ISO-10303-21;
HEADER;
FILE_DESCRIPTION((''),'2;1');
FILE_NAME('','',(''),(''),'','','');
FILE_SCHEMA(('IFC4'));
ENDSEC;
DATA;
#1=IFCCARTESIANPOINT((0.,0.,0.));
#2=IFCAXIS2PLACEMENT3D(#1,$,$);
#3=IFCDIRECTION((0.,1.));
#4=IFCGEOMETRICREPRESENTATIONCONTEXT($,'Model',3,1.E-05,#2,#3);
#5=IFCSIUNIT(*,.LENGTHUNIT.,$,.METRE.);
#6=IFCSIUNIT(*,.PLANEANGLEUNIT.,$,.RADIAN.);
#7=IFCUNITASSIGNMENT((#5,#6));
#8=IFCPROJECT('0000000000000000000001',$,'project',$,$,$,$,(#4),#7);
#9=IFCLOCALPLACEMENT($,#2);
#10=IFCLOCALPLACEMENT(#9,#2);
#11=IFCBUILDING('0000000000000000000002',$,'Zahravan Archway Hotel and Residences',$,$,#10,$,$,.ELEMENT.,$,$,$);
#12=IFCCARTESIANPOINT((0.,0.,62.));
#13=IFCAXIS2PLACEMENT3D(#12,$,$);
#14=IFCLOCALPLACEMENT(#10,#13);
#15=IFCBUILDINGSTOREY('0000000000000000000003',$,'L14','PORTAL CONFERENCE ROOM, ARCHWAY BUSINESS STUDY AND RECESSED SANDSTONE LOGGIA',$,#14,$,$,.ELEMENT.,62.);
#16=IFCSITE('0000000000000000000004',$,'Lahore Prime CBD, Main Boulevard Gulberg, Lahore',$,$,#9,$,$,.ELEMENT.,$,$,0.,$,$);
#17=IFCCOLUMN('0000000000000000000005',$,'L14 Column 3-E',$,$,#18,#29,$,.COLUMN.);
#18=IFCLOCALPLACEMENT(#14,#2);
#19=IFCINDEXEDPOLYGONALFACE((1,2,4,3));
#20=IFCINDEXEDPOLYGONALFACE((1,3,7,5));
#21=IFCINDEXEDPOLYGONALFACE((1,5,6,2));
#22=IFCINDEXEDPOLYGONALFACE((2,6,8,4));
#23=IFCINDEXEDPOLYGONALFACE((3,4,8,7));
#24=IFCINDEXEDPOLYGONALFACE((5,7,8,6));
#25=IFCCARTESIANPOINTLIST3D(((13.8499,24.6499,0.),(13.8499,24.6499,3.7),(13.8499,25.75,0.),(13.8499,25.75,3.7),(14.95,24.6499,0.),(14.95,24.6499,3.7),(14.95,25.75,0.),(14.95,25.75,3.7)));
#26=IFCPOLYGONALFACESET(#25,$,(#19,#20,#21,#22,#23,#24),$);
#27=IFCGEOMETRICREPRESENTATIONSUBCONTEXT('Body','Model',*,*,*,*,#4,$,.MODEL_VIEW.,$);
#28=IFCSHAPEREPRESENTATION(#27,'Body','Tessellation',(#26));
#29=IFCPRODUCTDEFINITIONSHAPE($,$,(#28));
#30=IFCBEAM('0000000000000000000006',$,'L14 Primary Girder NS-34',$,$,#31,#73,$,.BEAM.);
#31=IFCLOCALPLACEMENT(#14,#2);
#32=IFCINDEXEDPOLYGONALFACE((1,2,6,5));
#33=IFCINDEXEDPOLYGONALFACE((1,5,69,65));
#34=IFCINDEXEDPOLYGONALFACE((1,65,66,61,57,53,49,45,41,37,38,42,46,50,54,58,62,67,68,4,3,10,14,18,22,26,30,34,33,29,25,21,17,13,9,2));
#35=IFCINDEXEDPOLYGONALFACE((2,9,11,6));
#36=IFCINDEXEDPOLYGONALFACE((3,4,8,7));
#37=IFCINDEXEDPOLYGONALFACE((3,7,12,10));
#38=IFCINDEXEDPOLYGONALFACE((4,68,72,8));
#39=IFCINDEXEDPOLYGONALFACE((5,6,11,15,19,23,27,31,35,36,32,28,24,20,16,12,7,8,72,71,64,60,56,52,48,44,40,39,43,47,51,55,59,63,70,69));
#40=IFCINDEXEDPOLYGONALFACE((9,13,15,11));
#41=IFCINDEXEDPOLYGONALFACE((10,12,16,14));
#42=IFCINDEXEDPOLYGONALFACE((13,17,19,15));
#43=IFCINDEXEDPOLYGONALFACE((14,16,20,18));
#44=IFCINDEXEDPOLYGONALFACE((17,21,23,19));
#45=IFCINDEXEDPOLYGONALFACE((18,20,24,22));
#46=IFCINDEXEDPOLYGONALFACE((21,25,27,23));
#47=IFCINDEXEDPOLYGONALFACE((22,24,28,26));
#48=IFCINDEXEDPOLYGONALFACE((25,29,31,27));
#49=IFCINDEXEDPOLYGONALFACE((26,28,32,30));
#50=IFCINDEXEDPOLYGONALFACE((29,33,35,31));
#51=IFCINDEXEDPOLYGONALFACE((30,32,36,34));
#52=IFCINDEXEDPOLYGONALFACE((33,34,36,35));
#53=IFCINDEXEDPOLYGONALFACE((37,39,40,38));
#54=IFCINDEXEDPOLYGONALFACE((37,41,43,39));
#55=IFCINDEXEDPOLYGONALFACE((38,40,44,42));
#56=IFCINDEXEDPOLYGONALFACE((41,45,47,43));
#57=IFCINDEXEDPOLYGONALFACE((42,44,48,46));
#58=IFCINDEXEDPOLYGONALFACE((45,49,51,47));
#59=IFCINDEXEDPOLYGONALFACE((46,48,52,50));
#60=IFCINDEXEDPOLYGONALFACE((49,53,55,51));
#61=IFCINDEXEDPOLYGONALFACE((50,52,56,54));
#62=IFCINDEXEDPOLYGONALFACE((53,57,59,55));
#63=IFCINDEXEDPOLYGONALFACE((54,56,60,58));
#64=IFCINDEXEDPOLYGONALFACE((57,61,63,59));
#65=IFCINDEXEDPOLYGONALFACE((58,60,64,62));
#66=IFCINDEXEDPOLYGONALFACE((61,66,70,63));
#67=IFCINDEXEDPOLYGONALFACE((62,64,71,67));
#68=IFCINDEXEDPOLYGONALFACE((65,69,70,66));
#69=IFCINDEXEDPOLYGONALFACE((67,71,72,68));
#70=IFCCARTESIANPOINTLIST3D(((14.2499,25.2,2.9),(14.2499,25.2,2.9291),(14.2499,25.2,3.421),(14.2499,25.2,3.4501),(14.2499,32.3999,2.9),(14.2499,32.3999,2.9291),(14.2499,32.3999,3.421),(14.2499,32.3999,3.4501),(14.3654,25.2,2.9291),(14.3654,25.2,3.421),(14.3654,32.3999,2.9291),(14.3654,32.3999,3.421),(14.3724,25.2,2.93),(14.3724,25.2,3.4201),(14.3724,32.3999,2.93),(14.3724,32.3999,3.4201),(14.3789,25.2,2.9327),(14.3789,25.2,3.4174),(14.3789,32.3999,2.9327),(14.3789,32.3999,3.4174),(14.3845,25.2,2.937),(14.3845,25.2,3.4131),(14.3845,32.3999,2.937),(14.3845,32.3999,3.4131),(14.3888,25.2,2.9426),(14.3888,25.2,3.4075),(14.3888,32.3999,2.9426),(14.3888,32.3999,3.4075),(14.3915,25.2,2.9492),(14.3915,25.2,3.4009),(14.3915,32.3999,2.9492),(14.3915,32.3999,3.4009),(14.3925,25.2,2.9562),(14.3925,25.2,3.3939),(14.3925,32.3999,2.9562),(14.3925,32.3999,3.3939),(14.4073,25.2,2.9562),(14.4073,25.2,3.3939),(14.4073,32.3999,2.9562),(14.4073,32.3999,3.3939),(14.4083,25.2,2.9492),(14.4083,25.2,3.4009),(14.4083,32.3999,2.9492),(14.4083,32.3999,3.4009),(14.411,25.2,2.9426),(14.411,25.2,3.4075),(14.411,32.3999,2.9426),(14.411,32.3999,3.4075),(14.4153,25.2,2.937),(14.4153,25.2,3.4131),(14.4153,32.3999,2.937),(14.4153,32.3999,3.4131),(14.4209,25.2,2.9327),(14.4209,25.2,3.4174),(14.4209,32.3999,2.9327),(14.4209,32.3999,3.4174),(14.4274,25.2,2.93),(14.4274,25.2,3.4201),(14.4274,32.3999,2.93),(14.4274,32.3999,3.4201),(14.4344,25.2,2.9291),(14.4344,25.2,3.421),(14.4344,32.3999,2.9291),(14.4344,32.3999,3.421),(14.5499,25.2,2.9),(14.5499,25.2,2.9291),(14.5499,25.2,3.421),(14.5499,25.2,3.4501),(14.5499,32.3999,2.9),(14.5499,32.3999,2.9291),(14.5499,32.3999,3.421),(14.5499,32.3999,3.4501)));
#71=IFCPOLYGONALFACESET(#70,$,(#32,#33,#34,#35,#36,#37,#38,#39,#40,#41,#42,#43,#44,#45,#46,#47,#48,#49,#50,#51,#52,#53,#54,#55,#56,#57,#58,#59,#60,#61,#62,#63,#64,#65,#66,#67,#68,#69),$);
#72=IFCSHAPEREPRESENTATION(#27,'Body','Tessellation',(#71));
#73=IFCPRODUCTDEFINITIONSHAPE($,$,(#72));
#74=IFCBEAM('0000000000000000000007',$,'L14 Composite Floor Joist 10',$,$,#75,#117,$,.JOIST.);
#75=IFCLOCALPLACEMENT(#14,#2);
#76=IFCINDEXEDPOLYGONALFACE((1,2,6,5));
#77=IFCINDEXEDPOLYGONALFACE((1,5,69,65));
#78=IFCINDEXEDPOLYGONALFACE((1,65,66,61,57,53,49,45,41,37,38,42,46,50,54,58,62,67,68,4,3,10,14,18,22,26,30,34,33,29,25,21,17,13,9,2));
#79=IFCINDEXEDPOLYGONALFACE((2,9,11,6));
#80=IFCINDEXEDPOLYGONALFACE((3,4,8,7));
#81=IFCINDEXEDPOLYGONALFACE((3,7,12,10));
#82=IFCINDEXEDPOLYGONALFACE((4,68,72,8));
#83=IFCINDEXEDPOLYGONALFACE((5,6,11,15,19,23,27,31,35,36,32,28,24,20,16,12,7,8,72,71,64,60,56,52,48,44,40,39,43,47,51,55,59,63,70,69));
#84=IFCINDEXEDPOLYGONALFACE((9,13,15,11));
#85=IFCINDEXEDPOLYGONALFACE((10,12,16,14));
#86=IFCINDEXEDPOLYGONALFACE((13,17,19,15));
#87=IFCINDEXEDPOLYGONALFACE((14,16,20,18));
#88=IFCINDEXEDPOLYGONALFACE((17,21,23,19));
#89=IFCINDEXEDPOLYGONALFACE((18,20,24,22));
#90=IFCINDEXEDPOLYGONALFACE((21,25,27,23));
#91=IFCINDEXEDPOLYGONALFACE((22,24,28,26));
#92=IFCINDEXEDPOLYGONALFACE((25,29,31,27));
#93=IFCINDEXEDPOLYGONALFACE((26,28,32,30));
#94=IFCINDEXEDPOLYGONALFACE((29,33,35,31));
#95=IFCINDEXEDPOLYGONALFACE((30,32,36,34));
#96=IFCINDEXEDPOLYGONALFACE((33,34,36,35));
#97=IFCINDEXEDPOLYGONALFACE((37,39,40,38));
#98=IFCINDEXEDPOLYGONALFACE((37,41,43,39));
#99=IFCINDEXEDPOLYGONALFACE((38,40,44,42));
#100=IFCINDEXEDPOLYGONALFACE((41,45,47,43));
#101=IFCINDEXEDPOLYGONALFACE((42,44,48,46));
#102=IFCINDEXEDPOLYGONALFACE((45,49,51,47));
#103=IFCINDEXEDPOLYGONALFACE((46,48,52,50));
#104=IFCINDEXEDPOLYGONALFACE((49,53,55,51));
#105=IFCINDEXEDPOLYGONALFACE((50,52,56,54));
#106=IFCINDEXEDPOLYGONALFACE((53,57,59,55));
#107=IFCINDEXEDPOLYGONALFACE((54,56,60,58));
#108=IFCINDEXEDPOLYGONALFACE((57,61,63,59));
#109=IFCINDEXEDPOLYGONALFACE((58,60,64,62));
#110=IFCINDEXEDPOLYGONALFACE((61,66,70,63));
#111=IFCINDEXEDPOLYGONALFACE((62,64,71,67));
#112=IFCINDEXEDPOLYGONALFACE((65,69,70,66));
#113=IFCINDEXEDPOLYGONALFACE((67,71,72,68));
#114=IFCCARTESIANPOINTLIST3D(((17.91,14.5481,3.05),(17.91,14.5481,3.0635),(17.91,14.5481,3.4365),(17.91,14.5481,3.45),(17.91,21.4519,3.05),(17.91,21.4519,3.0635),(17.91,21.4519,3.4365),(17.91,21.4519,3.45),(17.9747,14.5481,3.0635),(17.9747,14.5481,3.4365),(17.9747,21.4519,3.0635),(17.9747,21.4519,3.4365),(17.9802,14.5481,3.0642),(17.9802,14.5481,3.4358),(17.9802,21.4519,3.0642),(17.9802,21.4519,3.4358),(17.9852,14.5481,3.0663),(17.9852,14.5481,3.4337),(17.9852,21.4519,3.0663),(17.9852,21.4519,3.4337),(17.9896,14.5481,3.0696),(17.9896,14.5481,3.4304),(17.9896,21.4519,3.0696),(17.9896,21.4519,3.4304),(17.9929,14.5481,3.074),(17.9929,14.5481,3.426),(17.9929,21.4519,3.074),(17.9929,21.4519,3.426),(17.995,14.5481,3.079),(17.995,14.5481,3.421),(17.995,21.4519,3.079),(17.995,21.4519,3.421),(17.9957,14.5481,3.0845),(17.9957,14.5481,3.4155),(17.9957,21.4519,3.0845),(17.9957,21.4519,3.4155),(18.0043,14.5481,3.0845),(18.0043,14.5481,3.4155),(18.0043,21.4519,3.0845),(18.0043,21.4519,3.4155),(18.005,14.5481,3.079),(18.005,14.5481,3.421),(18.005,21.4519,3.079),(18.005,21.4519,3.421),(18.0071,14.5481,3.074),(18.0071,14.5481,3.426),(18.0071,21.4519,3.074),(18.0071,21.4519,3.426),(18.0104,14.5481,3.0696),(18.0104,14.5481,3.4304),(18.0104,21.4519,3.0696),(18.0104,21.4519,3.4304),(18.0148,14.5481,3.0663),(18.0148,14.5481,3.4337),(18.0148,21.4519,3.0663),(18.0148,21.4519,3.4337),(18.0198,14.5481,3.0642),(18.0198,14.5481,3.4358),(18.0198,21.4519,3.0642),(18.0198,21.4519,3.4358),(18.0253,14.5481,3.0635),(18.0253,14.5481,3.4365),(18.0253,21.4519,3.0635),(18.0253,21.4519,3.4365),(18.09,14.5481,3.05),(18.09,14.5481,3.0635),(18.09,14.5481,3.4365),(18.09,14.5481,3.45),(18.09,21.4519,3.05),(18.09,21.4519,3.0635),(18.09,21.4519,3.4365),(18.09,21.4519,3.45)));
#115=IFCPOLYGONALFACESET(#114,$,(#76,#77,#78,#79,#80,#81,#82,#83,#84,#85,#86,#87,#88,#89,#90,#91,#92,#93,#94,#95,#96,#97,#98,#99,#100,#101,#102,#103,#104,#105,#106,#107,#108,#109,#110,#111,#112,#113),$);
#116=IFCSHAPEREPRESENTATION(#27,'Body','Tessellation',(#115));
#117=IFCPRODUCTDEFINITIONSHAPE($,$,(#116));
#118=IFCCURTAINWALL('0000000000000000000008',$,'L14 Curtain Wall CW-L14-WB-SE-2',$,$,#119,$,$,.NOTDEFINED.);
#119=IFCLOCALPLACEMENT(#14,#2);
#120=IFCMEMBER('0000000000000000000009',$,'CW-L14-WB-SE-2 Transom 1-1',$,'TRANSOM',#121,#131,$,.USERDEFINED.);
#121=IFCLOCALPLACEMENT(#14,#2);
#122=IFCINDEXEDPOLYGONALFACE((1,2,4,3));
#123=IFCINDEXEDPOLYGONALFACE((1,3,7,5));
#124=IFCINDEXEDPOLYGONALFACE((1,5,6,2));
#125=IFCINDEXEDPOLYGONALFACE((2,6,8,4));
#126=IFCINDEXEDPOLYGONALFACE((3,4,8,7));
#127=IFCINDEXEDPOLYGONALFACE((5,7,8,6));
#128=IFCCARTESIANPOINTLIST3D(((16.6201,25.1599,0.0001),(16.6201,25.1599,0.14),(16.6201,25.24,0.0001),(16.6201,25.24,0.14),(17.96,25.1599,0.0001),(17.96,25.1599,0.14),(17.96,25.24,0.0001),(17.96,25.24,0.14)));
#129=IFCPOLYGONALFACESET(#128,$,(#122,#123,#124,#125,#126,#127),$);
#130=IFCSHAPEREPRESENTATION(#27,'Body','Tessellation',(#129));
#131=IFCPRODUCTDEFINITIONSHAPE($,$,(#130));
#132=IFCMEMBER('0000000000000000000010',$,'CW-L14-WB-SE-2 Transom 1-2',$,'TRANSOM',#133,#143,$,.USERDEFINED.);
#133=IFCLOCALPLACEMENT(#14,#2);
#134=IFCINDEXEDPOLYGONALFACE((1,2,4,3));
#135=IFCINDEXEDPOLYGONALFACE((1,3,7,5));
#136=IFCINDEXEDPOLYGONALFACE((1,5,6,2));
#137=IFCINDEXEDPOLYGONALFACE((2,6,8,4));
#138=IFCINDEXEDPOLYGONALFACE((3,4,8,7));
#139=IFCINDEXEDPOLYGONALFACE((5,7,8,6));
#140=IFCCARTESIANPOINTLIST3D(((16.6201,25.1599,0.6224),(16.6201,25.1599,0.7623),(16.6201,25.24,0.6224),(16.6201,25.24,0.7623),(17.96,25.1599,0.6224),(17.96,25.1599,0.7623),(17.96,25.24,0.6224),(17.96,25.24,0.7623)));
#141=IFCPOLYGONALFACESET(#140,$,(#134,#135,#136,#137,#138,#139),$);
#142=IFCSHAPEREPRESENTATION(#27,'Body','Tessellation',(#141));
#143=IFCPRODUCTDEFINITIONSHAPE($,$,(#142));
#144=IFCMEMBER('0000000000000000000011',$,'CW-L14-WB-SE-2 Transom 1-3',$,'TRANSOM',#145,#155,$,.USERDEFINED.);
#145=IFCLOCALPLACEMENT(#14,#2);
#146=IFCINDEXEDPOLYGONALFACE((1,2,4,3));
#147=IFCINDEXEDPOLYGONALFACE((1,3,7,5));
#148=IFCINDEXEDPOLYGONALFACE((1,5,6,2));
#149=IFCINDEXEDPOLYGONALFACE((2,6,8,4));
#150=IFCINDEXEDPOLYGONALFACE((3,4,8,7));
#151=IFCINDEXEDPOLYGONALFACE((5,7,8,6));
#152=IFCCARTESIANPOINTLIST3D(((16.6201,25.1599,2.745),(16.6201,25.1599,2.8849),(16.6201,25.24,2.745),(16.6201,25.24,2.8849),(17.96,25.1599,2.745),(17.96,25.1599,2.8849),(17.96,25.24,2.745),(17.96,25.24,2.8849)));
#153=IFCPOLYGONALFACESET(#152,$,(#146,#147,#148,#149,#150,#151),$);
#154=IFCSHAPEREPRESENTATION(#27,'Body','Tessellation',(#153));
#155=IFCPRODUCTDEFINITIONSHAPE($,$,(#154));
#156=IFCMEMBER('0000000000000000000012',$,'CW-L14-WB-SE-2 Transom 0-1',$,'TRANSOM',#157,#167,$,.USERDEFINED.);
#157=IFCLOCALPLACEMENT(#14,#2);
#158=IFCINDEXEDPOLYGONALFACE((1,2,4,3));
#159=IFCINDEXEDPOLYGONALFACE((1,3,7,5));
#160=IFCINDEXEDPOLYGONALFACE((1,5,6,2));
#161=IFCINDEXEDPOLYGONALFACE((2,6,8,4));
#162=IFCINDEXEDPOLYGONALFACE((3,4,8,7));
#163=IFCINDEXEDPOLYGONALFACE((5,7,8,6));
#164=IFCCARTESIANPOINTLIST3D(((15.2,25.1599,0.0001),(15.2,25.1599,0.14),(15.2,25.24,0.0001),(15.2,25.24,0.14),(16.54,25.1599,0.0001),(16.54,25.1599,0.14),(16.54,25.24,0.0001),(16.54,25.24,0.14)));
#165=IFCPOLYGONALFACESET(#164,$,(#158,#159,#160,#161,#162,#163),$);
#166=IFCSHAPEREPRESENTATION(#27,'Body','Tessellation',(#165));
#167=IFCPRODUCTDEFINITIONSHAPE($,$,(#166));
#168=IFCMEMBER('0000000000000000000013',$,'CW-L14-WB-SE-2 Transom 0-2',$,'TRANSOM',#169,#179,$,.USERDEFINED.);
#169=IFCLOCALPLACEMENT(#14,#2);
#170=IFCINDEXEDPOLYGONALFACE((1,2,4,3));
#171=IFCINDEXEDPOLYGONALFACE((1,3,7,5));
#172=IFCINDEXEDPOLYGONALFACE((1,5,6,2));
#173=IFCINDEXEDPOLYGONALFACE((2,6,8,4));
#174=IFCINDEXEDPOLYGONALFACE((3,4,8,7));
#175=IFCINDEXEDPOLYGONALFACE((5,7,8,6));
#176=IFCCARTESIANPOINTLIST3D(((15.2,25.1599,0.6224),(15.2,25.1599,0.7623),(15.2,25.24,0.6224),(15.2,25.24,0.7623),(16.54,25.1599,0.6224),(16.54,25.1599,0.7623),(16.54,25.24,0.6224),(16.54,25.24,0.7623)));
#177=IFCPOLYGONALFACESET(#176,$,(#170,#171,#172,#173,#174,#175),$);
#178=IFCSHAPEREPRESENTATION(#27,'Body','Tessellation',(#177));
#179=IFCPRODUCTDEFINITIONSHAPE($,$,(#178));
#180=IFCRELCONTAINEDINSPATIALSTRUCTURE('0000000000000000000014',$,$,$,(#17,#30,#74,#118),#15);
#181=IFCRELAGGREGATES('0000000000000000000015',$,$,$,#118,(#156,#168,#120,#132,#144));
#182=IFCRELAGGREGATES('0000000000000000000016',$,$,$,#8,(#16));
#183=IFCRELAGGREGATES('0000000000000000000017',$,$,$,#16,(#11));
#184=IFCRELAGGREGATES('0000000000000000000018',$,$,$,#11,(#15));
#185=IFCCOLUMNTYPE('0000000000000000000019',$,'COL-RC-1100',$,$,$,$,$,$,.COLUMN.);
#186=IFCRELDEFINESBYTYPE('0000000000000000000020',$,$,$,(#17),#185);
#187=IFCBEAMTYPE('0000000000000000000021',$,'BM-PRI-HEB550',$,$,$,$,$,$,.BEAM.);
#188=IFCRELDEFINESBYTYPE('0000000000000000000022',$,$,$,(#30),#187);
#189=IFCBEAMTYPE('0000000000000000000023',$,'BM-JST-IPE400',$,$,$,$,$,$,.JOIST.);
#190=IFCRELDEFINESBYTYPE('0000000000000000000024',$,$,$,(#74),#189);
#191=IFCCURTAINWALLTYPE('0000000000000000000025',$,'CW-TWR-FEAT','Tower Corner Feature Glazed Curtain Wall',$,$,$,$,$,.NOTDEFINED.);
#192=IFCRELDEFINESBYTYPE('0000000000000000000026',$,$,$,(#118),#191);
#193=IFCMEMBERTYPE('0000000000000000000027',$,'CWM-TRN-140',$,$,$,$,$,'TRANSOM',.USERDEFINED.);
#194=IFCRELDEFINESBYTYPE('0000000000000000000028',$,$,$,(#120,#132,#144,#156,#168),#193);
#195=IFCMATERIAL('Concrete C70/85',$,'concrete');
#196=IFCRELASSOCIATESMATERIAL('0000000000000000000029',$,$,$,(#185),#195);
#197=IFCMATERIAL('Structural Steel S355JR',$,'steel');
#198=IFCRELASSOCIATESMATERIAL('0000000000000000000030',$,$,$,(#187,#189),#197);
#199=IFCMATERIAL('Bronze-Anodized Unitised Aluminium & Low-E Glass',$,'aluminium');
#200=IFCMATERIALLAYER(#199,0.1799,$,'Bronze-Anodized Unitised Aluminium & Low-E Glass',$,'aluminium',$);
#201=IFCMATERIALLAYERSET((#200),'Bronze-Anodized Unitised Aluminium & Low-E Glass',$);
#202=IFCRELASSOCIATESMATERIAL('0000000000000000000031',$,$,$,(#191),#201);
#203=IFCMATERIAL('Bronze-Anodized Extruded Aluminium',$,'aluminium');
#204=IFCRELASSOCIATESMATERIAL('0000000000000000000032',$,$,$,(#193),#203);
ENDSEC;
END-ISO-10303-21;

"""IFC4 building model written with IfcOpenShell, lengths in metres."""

from ifc_helpers import new_model, si_unit, direction, frame, origin, origin_2d, place, context, subcontext, project, spatial, rectangle, i_section, extrude, source, transform, mapped, material, layer, layer_set, material_profile, profile_set, type_object, element, aggregate, save


model = new_model("IFC4")

# Units and contexts
model_context = context("Model", 3, precision=1e-05, world=origin(), true_north=direction((0.0, 1.0)))
body_context = subcontext(model_context, "Body", "Model", "MODEL_VIEW")
ifc_project = project(units=[si_unit("LENGTHUNIT", "METRE"), si_unit("PLANEANGLEUNIT", "RADIAN")], contexts=[model_context])

# Site, building, storey
site_placement = place(None, origin())
site = spatial("IfcSite", under=ifc_project, at=site_placement, Name="Lahore Prime CBD, Main Boulevard Gulberg, Lahore", CompositionType="ELEMENT", RefElevation=0.0)
building_placement = place(site_placement, origin())
building = spatial("IfcBuilding", under=site, at=building_placement, Name="Zahravan Archway Hotel and Residences", CompositionType="ELEMENT")
storey_placement = place(building_placement, frame((0.0, 0.0, 62.0)))
storey = spatial("IfcBuildingStorey", under=building, at=storey_placement, Name="L14", Description="PORTAL CONFERENCE ROOM, ARCHWAY BUSINESS STUDY AND RECESSED SANDSTONE LOGGIA", CompositionType="ELEMENT", Elevation=62.0)

# Column
ifc_material_1 = material(Name="Concrete C70/85", Category="concrete")
ifc_material_profile_1 = material_profile(ifc_material_1, rectangle(XDim=1.1001, YDim=1.1001, at=origin_2d()), Name="RC 1100x1100", Category="concrete")
ifc_profile_set_1 = profile_set([ifc_material_profile_1], Name="Concrete C70/85")
column_type = type_object("IfcColumnType", Name="COL-RC-1100", PredefinedType="COLUMN", material=ifc_profile_set_1)
shared_shape_1 = source(origin(), body_context, "Body", "SweptSolid", [
    extrude(rectangle(XDim=1.1001, YDim=1.1001, at=origin_2d()), origin(), (0.0, 0.0, 1.0), 3.7),
])
column_placement = place(storey_placement, frame((14.3999, 25.2, 0.0), z_axis=(0.0, 0.0, 1.0), x_axis=(1.0, 0.0, 0.0)))
element("IfcColumn", 1, at=column_placement, inside=storey, type_object=column_type, Name="L14 Column 3-E", PredefinedType="COLUMN", context=body_context, shape_type="MappedRepresentation", body=[
    mapped(shared_shape_1, transform((0.0, 0.0, 0.0), scale=1.0)),
])

# Beams
ifc_material_2 = material(Name="Structural Steel S355JR", Category="steel")
ifc_material_profile_2 = material_profile(ifc_material_2, i_section(OverallWidth=0.3, OverallDepth=0.55, WebThickness=0.0149, FlangeThickness=0.0291, FilletRadius=0.0271, at=origin_2d()), Name="HEB 550", Category="steel")
ifc_profile_set_2 = profile_set([ifc_material_profile_2], Name="Structural Steel S355JR")
beam_type_1 = type_object("IfcBeamType", Name="BM-PRI-HEB550", PredefinedType="BEAM", material=ifc_profile_set_2)
shared_shape_2 = source(origin(), body_context, "Body", "SweptSolid", [
    extrude(i_section(OverallWidth=0.3, OverallDepth=0.55, WebThickness=0.0149, FlangeThickness=0.0291, FilletRadius=0.0271, at=origin_2d()), origin(), (0.0, 0.0, 1.0), 7.2),
])
beam_1_placement = place(storey_placement, frame((14.3999, 25.2, 3.175), z_axis=(0.0, 1.0, 0.0), x_axis=(-1.0, 0.0, 0.0)))
element("IfcBeam", 2, at=beam_1_placement, inside=storey, type_object=beam_type_1, Name="L14 Primary Girder NS-34", PredefinedType="BEAM", context=body_context, shape_type="MappedRepresentation", body=[
    mapped(shared_shape_2, transform((0.0, 0.0, 0.0), scale=1.0)),
])
ifc_material_profile_3 = material_profile(ifc_material_2, i_section(OverallWidth=0.1799, OverallDepth=0.3999, WebThickness=0.0085, FlangeThickness=0.0134, FilletRadius=0.021, at=origin_2d()), Name="IPE 400", Category="steel")
ifc_profile_set_3 = profile_set([ifc_material_profile_3], Name="Structural Steel S355JR")
beam_type_2 = type_object("IfcBeamType", Name="BM-JST-IPE400", PredefinedType="JOIST", material=ifc_profile_set_3)
shared_shape_3 = source(origin(), body_context, "Body", "SweptSolid", [
    extrude(i_section(OverallWidth=0.1799, OverallDepth=0.3999, WebThickness=0.0085, FlangeThickness=0.0134, FilletRadius=0.021, at=origin_2d()), origin(), (0.0, 0.0, 1.0), 6.9038),
])
beam_2_placement = place(storey_placement, frame((18.0, 14.5481, 3.25), z_axis=(0.0, 1.0, 0.0), x_axis=(-1.0, 0.0, 0.0)))
element("IfcBeam", 3, at=beam_2_placement, inside=storey, type_object=beam_type_2, Name="L14 Composite Floor Joist 10", PredefinedType="JOIST", context=body_context, shape_type="MappedRepresentation", body=[
    mapped(shared_shape_3, transform((0.0, 0.0, 0.0), scale=1.0)),
])

# Curtain wall, members
ifc_material_3 = material(Name="Bronze-Anodized Unitised Aluminium & Low-E Glass", Category="aluminium")
ifc_layer_1 = layer(ifc_material_3, 0.1799, Name="Bronze-Anodized Unitised Aluminium & Low-E Glass", Category="aluminium")
ifc_layer_set_1 = layer_set([ifc_layer_1], Name="Bronze-Anodized Unitised Aluminium & Low-E Glass")
curtain_wall_type = type_object("IfcCurtainWallType", Name="CW-TWR-FEAT", Description="Tower Corner Feature Glazed Curtain Wall", PredefinedType="NOTDEFINED", material=ifc_layer_set_1)
curtain_wall_placement = place(storey_placement, origin())
curtain_wall = element("IfcCurtainWall", 4, at=curtain_wall_placement, inside=storey, type_object=curtain_wall_type, Name="L14 Curtain Wall CW-L14-WB-SE-2", PredefinedType="NOTDEFINED")
ifc_material_4 = material(Name="Bronze-Anodized Extruded Aluminium", Category="aluminium")
ifc_material_profile_4 = material_profile(ifc_material_4, rectangle(XDim=0.0801, YDim=0.1399, at=origin_2d()), Name="TRN 80x140", Category="aluminium")
ifc_profile_set_4 = profile_set([ifc_material_profile_4], Name="Bronze-Anodized Extruded Aluminium")
member_type_1 = type_object("IfcMemberType", Name="CWM-TRN-140", ElementType="TRANSOM", PredefinedType="USERDEFINED", material=ifc_profile_set_4)
shared_shape_4 = source(origin(), body_context, "Body", "SweptSolid", [
    extrude(rectangle(XDim=0.0801, YDim=0.1399, at=origin_2d()), origin(), (0.0, 0.0, 1.0), 1.3398),
])
member_1_placement = place(storey_placement, frame((16.6201, 25.2, 0.0701), z_axis=(1.0, 0.0, 0.0), x_axis=(0.0, 1.0, 0.0)))
member_1 = element("IfcMember", 5, at=member_1_placement, type_object=member_type_1, Name="CW-L14-WB-SE-2 Transom 1-1", ObjectType="TRANSOM", PredefinedType="USERDEFINED", context=body_context, shape_type="MappedRepresentation", body=[
    mapped(shared_shape_4, transform((0.0, 0.0, 0.0), scale=1.0)),
])
member_2_placement = place(storey_placement, frame((16.6201, 25.2, 0.6924), z_axis=(1.0, 0.0, 0.0), x_axis=(0.0, 1.0, 0.0)))
member_2 = element("IfcMember", 6, at=member_2_placement, type_object=member_type_1, Name="CW-L14-WB-SE-2 Transom 1-2", ObjectType="TRANSOM", PredefinedType="USERDEFINED", context=body_context, shape_type="MappedRepresentation", body=[
    mapped(shared_shape_4, transform((0.0, 0.0, 0.0), scale=1.0)),
])
member_3_placement = place(storey_placement, frame((16.6201, 25.2, 2.8149), z_axis=(1.0, 0.0, 0.0), x_axis=(0.0, 1.0, 0.0)))
member_3 = element("IfcMember", 7, at=member_3_placement, type_object=member_type_1, Name="CW-L14-WB-SE-2 Transom 1-3", ObjectType="TRANSOM", PredefinedType="USERDEFINED", context=body_context, shape_type="MappedRepresentation", body=[
    mapped(shared_shape_4, transform((0.0, 0.0, 0.0), scale=1.0)),
])
shared_shape_5 = source(origin(), body_context, "Body", "SweptSolid", [
    extrude(rectangle(XDim=0.0801, YDim=0.1399, at=origin_2d()), origin(), (0.0, 0.0, 1.0), 1.3401),
])
member_4_placement = place(storey_placement, frame((15.2, 25.2, 0.0701), z_axis=(1.0, 0.0, 0.0), x_axis=(0.0, 1.0, 0.0)))
member_4 = element("IfcMember", 8, at=member_4_placement, type_object=member_type_1, Name="CW-L14-WB-SE-2 Transom 0-1", ObjectType="TRANSOM", PredefinedType="USERDEFINED", context=body_context, shape_type="MappedRepresentation", body=[
    mapped(shared_shape_5, transform((0.0, 0.0, 0.0), scale=1.0)),
])
member_5_placement = place(storey_placement, frame((15.2, 25.2, 0.6924), z_axis=(1.0, 0.0, 0.0), x_axis=(0.0, 1.0, 0.0)))
member_5 = element("IfcMember", 9, at=member_5_placement, type_object=member_type_1, Name="CW-L14-WB-SE-2 Transom 0-2", ObjectType="TRANSOM", PredefinedType="USERDEFINED", context=body_context, shape_type="MappedRepresentation", body=[
    mapped(shared_shape_5, transform((0.0, 0.0, 0.0), scale=1.0)),
])
aggregate(curtain_wall, [member_4, member_5, member_1, member_2, member_3])

save(model, "model.ifc")
